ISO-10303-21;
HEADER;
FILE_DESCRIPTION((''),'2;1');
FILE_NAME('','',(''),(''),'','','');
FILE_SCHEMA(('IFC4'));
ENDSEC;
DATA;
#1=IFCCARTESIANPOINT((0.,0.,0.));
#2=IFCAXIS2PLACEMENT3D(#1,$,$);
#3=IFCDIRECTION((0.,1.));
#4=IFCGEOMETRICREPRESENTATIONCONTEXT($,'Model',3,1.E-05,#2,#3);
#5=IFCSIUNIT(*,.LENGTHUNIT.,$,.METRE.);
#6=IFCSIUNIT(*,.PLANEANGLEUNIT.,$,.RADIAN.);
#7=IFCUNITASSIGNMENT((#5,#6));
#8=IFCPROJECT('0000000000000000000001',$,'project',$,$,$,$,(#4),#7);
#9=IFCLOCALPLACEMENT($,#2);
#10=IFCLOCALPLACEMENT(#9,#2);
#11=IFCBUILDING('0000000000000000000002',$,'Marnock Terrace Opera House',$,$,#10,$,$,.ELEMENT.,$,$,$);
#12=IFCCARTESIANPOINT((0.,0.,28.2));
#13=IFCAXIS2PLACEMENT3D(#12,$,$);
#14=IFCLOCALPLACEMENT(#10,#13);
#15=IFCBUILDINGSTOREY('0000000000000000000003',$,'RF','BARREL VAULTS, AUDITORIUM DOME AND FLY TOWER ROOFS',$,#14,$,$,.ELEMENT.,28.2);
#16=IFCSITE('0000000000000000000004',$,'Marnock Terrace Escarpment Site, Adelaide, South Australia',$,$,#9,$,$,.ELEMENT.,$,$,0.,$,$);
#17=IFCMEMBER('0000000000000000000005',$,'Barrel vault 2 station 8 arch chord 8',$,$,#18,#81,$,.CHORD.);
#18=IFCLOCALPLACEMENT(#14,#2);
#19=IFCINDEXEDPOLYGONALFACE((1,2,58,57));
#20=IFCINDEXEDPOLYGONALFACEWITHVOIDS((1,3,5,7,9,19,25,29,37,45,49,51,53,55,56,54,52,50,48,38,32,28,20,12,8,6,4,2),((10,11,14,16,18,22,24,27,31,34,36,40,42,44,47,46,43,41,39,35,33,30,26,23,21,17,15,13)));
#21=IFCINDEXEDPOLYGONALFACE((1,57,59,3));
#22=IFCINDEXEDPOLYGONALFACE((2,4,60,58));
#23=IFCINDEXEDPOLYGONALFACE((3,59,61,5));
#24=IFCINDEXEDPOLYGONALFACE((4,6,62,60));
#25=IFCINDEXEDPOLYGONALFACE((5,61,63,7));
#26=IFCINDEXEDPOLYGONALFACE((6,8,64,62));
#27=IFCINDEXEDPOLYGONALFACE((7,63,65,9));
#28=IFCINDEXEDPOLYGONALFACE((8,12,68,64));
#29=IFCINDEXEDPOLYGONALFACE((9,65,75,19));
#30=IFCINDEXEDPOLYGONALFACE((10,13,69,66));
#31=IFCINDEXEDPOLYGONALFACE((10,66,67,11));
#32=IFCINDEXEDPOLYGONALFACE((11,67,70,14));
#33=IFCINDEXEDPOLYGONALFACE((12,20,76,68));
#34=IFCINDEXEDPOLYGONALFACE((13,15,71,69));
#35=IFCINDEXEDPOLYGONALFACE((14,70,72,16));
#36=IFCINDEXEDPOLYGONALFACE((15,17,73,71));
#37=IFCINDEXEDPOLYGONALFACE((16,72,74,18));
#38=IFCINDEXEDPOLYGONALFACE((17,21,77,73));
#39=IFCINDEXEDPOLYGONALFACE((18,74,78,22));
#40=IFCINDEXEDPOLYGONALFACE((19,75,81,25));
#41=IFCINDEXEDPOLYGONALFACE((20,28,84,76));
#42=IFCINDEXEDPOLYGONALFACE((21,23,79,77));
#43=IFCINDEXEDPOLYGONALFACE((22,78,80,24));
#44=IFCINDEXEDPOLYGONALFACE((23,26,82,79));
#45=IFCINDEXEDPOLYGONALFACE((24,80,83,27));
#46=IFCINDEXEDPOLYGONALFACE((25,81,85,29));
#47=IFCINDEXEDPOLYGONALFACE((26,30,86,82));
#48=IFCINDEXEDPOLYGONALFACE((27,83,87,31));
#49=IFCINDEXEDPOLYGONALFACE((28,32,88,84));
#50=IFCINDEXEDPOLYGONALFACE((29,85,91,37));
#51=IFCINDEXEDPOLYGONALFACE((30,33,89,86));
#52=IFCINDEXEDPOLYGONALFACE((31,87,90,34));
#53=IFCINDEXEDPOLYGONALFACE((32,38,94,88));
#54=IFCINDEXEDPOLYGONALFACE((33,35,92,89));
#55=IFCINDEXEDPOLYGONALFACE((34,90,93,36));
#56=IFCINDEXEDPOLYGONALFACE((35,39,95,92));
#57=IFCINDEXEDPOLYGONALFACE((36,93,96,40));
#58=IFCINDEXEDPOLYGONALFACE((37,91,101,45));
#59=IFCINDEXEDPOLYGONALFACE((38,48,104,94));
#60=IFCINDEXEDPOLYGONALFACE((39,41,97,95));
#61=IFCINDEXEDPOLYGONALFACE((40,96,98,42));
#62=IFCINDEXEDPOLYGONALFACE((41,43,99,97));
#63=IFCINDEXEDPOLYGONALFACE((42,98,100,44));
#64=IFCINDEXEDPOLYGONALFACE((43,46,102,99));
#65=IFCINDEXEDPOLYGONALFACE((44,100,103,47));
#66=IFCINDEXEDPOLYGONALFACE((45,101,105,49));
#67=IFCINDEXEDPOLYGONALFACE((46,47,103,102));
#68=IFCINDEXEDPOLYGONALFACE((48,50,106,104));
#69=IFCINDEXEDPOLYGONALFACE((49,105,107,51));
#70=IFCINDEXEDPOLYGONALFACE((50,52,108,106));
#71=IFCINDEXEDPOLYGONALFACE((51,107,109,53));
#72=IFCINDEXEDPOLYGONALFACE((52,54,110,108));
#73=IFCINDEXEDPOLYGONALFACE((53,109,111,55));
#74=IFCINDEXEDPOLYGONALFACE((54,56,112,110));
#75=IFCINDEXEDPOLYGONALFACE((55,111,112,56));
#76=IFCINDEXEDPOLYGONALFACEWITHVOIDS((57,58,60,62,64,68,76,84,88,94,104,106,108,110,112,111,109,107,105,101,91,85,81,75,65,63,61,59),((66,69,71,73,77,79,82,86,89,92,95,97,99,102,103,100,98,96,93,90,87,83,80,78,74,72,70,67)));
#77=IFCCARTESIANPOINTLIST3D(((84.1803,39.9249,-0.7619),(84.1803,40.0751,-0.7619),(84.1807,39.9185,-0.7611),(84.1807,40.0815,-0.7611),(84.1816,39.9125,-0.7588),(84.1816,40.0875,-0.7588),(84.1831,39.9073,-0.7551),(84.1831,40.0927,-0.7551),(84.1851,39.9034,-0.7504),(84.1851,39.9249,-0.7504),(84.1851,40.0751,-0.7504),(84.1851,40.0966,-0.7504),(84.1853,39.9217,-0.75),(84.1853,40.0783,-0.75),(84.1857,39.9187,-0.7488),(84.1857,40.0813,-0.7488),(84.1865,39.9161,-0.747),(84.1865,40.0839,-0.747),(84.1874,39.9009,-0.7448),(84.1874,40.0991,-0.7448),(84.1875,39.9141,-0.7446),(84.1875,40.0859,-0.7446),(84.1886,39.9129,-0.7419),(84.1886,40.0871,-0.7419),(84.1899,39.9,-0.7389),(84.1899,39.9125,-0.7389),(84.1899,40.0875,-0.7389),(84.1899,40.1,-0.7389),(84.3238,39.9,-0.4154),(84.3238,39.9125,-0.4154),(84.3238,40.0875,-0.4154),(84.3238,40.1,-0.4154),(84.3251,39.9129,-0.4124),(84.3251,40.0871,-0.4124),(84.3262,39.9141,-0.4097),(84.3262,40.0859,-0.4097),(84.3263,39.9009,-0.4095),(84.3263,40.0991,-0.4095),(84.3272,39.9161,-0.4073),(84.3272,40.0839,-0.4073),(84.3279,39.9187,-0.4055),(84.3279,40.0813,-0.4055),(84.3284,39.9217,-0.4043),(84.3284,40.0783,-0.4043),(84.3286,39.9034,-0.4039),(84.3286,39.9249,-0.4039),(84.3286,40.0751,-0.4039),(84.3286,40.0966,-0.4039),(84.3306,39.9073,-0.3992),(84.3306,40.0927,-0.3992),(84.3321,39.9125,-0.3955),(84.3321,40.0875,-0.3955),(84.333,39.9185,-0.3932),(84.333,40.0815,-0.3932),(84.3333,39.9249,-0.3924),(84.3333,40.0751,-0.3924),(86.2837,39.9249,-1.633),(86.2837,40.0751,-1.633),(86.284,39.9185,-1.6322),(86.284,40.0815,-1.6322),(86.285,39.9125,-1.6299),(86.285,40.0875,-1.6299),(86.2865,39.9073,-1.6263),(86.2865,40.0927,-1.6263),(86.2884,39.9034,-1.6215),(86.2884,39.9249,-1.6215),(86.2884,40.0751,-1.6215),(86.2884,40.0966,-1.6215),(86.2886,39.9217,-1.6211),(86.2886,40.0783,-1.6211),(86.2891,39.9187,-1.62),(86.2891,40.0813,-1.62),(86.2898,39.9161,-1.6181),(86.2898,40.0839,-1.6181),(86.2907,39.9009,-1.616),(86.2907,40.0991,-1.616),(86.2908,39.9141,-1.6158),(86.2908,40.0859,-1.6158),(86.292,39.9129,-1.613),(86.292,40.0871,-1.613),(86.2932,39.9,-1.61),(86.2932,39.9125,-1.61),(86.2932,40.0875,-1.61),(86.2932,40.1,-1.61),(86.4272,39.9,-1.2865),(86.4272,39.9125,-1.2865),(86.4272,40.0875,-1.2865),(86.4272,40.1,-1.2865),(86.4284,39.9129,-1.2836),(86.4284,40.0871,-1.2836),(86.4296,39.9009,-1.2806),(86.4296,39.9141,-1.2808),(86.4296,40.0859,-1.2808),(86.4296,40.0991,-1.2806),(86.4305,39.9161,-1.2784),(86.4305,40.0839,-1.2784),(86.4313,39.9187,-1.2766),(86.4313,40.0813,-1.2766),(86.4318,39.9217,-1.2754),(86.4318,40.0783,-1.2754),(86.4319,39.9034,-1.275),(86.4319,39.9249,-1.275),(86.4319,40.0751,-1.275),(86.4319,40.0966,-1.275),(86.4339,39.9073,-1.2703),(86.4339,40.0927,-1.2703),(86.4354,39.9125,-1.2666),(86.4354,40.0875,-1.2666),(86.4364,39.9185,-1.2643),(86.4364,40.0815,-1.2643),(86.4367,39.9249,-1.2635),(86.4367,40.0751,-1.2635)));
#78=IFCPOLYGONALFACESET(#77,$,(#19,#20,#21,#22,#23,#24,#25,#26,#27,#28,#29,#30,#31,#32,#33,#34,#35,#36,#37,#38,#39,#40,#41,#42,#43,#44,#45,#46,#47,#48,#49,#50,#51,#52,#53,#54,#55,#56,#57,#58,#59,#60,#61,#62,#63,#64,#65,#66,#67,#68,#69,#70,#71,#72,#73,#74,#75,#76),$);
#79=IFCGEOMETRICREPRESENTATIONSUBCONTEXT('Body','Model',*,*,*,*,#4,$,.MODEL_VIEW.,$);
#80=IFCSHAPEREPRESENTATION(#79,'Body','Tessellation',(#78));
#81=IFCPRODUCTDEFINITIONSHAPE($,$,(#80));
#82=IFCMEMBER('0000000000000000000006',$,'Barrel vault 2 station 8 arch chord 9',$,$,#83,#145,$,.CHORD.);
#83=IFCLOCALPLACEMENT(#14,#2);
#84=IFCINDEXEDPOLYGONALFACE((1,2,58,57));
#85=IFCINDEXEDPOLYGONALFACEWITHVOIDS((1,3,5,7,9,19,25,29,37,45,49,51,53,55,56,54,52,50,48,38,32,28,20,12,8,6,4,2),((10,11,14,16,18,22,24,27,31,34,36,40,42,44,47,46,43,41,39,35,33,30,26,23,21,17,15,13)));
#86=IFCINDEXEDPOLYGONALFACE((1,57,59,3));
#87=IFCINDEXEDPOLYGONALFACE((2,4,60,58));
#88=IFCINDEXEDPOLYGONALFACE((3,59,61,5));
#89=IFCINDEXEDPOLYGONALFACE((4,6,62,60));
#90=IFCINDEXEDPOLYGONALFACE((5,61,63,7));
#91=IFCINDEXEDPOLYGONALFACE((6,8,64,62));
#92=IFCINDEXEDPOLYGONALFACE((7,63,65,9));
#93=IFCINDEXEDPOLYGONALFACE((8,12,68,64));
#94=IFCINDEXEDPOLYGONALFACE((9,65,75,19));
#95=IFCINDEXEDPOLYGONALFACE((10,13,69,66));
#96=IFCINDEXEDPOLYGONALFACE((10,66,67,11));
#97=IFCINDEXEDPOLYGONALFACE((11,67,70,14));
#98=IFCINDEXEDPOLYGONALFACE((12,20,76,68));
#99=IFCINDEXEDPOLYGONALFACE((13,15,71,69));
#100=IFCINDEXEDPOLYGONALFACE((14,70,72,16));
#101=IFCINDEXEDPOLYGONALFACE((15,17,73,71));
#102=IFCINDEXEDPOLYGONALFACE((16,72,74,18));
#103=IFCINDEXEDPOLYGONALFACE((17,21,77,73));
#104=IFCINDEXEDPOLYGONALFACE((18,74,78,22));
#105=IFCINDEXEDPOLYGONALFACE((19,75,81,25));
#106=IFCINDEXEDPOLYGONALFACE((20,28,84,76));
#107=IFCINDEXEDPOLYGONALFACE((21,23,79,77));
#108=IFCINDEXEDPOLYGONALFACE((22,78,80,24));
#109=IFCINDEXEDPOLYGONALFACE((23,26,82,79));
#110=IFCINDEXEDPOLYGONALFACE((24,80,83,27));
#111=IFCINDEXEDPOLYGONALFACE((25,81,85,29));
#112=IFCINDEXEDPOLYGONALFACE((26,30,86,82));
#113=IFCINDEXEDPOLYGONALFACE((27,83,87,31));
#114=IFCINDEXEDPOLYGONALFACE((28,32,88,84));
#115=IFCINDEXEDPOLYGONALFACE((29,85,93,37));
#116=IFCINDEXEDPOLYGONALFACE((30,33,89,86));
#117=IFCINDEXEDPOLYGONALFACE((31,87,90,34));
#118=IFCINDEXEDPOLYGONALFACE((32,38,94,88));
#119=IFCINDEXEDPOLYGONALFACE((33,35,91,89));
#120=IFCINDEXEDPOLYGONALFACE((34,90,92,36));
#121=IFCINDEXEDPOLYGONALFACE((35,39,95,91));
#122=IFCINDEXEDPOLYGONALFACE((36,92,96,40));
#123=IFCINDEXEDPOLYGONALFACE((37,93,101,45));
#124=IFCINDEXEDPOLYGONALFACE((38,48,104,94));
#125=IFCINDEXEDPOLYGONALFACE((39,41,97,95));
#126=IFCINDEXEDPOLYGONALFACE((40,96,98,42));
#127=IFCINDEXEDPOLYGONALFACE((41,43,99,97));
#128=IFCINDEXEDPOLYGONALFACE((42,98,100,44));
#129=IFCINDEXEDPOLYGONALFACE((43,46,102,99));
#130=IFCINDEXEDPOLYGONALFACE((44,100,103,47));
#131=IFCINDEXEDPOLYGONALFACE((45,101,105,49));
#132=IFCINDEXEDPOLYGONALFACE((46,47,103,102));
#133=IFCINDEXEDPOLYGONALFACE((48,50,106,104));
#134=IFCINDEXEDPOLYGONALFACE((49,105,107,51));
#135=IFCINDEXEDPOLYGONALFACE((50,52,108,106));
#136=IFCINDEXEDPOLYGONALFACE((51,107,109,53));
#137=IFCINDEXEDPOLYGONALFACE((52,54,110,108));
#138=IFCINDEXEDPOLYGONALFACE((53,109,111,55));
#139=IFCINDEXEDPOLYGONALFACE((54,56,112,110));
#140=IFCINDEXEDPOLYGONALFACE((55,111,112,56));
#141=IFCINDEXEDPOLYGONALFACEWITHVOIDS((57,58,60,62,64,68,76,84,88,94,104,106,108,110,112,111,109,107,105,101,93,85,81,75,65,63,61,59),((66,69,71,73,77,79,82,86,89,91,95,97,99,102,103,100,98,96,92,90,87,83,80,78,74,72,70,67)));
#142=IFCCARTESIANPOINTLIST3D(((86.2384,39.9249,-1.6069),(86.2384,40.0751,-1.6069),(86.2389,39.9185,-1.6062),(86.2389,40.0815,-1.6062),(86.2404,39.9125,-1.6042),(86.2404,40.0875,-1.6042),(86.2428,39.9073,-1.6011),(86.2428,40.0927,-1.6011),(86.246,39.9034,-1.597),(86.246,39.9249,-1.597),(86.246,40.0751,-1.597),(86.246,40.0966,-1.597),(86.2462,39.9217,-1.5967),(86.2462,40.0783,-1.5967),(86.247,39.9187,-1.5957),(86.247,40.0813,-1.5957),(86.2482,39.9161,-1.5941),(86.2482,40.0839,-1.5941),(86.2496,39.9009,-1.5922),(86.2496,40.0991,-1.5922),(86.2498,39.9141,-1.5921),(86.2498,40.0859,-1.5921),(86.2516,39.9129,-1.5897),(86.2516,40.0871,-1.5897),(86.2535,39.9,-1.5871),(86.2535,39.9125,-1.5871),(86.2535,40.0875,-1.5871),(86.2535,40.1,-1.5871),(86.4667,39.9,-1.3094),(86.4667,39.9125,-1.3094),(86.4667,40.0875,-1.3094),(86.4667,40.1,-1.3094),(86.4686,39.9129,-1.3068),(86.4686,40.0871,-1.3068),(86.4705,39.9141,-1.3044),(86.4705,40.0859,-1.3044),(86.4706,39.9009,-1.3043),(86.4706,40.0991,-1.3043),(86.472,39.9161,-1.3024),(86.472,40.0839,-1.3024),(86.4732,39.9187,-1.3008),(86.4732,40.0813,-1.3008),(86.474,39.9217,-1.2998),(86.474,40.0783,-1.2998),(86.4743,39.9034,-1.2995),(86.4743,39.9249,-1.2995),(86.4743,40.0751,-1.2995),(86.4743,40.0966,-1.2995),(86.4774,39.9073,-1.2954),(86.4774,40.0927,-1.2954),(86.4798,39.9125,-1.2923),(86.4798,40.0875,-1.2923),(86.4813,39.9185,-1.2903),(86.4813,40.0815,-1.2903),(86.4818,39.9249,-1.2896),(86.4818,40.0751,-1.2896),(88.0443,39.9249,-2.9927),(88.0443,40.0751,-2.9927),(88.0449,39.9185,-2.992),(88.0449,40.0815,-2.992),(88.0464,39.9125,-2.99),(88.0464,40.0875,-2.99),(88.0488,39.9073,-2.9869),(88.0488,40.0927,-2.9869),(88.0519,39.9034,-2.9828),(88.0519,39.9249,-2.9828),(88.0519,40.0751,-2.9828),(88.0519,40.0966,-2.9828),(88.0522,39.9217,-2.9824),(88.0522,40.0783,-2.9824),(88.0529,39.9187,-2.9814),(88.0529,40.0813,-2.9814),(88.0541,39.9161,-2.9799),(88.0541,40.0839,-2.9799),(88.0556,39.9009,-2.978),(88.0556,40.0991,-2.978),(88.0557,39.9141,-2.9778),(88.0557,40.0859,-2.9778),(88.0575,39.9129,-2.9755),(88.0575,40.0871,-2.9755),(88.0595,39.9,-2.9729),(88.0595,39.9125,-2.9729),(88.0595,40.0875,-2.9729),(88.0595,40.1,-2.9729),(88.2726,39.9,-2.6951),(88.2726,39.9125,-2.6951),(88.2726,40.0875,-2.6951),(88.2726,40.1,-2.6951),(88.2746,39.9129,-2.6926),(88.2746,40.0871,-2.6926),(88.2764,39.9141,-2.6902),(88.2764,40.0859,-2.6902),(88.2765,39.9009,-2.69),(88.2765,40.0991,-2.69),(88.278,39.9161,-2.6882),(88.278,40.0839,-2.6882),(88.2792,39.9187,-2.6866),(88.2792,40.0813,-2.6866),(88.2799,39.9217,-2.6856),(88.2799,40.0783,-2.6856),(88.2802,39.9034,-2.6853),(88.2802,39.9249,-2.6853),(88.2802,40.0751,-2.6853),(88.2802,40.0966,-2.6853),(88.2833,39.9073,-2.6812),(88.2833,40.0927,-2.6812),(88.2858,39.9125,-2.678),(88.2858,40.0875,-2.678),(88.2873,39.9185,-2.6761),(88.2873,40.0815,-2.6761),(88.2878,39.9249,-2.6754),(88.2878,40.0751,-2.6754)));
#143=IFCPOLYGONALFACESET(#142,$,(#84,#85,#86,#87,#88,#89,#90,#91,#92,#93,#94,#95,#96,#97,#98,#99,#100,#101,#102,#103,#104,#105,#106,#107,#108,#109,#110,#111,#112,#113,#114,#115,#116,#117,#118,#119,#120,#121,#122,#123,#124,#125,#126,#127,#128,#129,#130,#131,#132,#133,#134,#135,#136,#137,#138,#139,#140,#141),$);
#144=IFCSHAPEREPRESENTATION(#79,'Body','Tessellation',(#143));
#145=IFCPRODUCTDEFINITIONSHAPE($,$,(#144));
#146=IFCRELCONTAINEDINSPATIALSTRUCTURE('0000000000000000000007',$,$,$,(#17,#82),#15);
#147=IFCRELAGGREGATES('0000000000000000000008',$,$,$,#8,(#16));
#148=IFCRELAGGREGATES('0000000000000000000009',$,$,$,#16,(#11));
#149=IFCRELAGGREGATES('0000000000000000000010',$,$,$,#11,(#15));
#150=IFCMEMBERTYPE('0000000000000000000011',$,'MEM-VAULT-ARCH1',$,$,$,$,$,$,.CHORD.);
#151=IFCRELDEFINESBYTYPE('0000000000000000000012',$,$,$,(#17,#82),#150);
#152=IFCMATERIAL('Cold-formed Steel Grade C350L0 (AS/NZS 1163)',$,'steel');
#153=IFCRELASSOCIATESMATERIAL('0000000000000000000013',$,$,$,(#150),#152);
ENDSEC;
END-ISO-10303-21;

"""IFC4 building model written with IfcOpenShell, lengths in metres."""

from ifc_helpers import new_model, si_unit, direction, frame, origin, origin_2d, place, context, subcontext, project, spatial, hollow_rectangle, extrude, material, material_profile, profile_set, type_object, element, save


model = new_model("IFC4")

# Units and contexts
model_context = context("Model", 3, precision=1e-05, world=origin(), true_north=direction((0.0, 1.0)))
body_context = subcontext(model_context, "Body", "Model", "MODEL_VIEW")
ifc_project = project(units=[si_unit("LENGTHUNIT", "METRE"), si_unit("PLANEANGLEUNIT", "RADIAN")], contexts=[model_context])

# Site, building, storey
site_placement = place(None, origin())
site = spatial("IfcSite", under=ifc_project, at=site_placement, Name="Marnock Terrace Escarpment Site, Adelaide, South Australia", CompositionType="ELEMENT", RefElevation=0.0)
building_placement = place(site_placement, origin())
building = spatial("IfcBuilding", under=site, at=building_placement, Name="Marnock Terrace Opera House", CompositionType="ELEMENT")
storey_placement = place(building_placement, frame((0.0, 0.0, 28.2)))
storey = spatial("IfcBuildingStorey", under=building, at=storey_placement, Name="RF", Description="BARREL VAULTS, AUDITORIUM DOME AND FLY TOWER ROOFS", CompositionType="ELEMENT", Elevation=28.2)

# Members
ifc_material_1 = material(Name="Cold-formed Steel Grade C350L0 (AS/NZS 1163)", Category="steel")
ifc_material_profile_1 = material_profile(ifc_material_1, hollow_rectangle(XDim=0.2, YDim=0.3999, WallThickness=0.0125, InnerFilletRadius=0.0125, OuterFilletRadius=0.0249, at=origin_2d()))
ifc_profile_set_1 = profile_set([ifc_material_profile_1], Name="Cold-formed Steel Grade C350L0 (AS/NZS 1163)")
member_type_1 = type_object("IfcMemberType", Name="MEM-VAULT-ARCH1", PredefinedType="CHORD", material=ifc_profile_set_1)
member_1_placement = place(storey_placement, frame((84.2568, 40.0, -0.5771), z_axis=(0.923897, 0.0, -0.382642), x_axis=(0.0, 1.0, 0.0)))
element("IfcMember", 1, at=member_1_placement, inside=storey, type_object=member_type_1, Name="Barrel vault 2 station 8 arch chord 8", PredefinedType="CHORD", context=body_context, shape_type="SweptSolid", body=[
    extrude(hollow_rectangle(XDim=0.2, YDim=0.3999, WallThickness=0.0125, InnerFilletRadius=0.0125, OuterFilletRadius=0.0249, at=origin_2d()), origin(), (0.0, 0.0, 1.0), 2.2766),
])
for number, where, z_axis, x_axis, name in (
    (2, (86.3601, 40.0, -1.4482), (0.793349, 0.0, -0.608767), (0.0, 1.0, 0.0), "Barrel vault 2 station 8 arch chord 9"),
):
    element("IfcMember", number, at=place(storey_placement, frame(where, z_axis=z_axis, x_axis=x_axis)), inside=storey, type_object=member_type_1, Name=name, PredefinedType="CHORD", context=body_context, shape_type="SweptSolid", body=[
        extrude(hollow_rectangle(XDim=0.2, YDim=0.3999, WallThickness=0.0125, InnerFilletRadius=0.0125, OuterFilletRadius=0.0249, at=origin_2d()), origin(), (0.0, 0.0, 1.0), 2.2764),
    ])

save(model, "model.ifc")
